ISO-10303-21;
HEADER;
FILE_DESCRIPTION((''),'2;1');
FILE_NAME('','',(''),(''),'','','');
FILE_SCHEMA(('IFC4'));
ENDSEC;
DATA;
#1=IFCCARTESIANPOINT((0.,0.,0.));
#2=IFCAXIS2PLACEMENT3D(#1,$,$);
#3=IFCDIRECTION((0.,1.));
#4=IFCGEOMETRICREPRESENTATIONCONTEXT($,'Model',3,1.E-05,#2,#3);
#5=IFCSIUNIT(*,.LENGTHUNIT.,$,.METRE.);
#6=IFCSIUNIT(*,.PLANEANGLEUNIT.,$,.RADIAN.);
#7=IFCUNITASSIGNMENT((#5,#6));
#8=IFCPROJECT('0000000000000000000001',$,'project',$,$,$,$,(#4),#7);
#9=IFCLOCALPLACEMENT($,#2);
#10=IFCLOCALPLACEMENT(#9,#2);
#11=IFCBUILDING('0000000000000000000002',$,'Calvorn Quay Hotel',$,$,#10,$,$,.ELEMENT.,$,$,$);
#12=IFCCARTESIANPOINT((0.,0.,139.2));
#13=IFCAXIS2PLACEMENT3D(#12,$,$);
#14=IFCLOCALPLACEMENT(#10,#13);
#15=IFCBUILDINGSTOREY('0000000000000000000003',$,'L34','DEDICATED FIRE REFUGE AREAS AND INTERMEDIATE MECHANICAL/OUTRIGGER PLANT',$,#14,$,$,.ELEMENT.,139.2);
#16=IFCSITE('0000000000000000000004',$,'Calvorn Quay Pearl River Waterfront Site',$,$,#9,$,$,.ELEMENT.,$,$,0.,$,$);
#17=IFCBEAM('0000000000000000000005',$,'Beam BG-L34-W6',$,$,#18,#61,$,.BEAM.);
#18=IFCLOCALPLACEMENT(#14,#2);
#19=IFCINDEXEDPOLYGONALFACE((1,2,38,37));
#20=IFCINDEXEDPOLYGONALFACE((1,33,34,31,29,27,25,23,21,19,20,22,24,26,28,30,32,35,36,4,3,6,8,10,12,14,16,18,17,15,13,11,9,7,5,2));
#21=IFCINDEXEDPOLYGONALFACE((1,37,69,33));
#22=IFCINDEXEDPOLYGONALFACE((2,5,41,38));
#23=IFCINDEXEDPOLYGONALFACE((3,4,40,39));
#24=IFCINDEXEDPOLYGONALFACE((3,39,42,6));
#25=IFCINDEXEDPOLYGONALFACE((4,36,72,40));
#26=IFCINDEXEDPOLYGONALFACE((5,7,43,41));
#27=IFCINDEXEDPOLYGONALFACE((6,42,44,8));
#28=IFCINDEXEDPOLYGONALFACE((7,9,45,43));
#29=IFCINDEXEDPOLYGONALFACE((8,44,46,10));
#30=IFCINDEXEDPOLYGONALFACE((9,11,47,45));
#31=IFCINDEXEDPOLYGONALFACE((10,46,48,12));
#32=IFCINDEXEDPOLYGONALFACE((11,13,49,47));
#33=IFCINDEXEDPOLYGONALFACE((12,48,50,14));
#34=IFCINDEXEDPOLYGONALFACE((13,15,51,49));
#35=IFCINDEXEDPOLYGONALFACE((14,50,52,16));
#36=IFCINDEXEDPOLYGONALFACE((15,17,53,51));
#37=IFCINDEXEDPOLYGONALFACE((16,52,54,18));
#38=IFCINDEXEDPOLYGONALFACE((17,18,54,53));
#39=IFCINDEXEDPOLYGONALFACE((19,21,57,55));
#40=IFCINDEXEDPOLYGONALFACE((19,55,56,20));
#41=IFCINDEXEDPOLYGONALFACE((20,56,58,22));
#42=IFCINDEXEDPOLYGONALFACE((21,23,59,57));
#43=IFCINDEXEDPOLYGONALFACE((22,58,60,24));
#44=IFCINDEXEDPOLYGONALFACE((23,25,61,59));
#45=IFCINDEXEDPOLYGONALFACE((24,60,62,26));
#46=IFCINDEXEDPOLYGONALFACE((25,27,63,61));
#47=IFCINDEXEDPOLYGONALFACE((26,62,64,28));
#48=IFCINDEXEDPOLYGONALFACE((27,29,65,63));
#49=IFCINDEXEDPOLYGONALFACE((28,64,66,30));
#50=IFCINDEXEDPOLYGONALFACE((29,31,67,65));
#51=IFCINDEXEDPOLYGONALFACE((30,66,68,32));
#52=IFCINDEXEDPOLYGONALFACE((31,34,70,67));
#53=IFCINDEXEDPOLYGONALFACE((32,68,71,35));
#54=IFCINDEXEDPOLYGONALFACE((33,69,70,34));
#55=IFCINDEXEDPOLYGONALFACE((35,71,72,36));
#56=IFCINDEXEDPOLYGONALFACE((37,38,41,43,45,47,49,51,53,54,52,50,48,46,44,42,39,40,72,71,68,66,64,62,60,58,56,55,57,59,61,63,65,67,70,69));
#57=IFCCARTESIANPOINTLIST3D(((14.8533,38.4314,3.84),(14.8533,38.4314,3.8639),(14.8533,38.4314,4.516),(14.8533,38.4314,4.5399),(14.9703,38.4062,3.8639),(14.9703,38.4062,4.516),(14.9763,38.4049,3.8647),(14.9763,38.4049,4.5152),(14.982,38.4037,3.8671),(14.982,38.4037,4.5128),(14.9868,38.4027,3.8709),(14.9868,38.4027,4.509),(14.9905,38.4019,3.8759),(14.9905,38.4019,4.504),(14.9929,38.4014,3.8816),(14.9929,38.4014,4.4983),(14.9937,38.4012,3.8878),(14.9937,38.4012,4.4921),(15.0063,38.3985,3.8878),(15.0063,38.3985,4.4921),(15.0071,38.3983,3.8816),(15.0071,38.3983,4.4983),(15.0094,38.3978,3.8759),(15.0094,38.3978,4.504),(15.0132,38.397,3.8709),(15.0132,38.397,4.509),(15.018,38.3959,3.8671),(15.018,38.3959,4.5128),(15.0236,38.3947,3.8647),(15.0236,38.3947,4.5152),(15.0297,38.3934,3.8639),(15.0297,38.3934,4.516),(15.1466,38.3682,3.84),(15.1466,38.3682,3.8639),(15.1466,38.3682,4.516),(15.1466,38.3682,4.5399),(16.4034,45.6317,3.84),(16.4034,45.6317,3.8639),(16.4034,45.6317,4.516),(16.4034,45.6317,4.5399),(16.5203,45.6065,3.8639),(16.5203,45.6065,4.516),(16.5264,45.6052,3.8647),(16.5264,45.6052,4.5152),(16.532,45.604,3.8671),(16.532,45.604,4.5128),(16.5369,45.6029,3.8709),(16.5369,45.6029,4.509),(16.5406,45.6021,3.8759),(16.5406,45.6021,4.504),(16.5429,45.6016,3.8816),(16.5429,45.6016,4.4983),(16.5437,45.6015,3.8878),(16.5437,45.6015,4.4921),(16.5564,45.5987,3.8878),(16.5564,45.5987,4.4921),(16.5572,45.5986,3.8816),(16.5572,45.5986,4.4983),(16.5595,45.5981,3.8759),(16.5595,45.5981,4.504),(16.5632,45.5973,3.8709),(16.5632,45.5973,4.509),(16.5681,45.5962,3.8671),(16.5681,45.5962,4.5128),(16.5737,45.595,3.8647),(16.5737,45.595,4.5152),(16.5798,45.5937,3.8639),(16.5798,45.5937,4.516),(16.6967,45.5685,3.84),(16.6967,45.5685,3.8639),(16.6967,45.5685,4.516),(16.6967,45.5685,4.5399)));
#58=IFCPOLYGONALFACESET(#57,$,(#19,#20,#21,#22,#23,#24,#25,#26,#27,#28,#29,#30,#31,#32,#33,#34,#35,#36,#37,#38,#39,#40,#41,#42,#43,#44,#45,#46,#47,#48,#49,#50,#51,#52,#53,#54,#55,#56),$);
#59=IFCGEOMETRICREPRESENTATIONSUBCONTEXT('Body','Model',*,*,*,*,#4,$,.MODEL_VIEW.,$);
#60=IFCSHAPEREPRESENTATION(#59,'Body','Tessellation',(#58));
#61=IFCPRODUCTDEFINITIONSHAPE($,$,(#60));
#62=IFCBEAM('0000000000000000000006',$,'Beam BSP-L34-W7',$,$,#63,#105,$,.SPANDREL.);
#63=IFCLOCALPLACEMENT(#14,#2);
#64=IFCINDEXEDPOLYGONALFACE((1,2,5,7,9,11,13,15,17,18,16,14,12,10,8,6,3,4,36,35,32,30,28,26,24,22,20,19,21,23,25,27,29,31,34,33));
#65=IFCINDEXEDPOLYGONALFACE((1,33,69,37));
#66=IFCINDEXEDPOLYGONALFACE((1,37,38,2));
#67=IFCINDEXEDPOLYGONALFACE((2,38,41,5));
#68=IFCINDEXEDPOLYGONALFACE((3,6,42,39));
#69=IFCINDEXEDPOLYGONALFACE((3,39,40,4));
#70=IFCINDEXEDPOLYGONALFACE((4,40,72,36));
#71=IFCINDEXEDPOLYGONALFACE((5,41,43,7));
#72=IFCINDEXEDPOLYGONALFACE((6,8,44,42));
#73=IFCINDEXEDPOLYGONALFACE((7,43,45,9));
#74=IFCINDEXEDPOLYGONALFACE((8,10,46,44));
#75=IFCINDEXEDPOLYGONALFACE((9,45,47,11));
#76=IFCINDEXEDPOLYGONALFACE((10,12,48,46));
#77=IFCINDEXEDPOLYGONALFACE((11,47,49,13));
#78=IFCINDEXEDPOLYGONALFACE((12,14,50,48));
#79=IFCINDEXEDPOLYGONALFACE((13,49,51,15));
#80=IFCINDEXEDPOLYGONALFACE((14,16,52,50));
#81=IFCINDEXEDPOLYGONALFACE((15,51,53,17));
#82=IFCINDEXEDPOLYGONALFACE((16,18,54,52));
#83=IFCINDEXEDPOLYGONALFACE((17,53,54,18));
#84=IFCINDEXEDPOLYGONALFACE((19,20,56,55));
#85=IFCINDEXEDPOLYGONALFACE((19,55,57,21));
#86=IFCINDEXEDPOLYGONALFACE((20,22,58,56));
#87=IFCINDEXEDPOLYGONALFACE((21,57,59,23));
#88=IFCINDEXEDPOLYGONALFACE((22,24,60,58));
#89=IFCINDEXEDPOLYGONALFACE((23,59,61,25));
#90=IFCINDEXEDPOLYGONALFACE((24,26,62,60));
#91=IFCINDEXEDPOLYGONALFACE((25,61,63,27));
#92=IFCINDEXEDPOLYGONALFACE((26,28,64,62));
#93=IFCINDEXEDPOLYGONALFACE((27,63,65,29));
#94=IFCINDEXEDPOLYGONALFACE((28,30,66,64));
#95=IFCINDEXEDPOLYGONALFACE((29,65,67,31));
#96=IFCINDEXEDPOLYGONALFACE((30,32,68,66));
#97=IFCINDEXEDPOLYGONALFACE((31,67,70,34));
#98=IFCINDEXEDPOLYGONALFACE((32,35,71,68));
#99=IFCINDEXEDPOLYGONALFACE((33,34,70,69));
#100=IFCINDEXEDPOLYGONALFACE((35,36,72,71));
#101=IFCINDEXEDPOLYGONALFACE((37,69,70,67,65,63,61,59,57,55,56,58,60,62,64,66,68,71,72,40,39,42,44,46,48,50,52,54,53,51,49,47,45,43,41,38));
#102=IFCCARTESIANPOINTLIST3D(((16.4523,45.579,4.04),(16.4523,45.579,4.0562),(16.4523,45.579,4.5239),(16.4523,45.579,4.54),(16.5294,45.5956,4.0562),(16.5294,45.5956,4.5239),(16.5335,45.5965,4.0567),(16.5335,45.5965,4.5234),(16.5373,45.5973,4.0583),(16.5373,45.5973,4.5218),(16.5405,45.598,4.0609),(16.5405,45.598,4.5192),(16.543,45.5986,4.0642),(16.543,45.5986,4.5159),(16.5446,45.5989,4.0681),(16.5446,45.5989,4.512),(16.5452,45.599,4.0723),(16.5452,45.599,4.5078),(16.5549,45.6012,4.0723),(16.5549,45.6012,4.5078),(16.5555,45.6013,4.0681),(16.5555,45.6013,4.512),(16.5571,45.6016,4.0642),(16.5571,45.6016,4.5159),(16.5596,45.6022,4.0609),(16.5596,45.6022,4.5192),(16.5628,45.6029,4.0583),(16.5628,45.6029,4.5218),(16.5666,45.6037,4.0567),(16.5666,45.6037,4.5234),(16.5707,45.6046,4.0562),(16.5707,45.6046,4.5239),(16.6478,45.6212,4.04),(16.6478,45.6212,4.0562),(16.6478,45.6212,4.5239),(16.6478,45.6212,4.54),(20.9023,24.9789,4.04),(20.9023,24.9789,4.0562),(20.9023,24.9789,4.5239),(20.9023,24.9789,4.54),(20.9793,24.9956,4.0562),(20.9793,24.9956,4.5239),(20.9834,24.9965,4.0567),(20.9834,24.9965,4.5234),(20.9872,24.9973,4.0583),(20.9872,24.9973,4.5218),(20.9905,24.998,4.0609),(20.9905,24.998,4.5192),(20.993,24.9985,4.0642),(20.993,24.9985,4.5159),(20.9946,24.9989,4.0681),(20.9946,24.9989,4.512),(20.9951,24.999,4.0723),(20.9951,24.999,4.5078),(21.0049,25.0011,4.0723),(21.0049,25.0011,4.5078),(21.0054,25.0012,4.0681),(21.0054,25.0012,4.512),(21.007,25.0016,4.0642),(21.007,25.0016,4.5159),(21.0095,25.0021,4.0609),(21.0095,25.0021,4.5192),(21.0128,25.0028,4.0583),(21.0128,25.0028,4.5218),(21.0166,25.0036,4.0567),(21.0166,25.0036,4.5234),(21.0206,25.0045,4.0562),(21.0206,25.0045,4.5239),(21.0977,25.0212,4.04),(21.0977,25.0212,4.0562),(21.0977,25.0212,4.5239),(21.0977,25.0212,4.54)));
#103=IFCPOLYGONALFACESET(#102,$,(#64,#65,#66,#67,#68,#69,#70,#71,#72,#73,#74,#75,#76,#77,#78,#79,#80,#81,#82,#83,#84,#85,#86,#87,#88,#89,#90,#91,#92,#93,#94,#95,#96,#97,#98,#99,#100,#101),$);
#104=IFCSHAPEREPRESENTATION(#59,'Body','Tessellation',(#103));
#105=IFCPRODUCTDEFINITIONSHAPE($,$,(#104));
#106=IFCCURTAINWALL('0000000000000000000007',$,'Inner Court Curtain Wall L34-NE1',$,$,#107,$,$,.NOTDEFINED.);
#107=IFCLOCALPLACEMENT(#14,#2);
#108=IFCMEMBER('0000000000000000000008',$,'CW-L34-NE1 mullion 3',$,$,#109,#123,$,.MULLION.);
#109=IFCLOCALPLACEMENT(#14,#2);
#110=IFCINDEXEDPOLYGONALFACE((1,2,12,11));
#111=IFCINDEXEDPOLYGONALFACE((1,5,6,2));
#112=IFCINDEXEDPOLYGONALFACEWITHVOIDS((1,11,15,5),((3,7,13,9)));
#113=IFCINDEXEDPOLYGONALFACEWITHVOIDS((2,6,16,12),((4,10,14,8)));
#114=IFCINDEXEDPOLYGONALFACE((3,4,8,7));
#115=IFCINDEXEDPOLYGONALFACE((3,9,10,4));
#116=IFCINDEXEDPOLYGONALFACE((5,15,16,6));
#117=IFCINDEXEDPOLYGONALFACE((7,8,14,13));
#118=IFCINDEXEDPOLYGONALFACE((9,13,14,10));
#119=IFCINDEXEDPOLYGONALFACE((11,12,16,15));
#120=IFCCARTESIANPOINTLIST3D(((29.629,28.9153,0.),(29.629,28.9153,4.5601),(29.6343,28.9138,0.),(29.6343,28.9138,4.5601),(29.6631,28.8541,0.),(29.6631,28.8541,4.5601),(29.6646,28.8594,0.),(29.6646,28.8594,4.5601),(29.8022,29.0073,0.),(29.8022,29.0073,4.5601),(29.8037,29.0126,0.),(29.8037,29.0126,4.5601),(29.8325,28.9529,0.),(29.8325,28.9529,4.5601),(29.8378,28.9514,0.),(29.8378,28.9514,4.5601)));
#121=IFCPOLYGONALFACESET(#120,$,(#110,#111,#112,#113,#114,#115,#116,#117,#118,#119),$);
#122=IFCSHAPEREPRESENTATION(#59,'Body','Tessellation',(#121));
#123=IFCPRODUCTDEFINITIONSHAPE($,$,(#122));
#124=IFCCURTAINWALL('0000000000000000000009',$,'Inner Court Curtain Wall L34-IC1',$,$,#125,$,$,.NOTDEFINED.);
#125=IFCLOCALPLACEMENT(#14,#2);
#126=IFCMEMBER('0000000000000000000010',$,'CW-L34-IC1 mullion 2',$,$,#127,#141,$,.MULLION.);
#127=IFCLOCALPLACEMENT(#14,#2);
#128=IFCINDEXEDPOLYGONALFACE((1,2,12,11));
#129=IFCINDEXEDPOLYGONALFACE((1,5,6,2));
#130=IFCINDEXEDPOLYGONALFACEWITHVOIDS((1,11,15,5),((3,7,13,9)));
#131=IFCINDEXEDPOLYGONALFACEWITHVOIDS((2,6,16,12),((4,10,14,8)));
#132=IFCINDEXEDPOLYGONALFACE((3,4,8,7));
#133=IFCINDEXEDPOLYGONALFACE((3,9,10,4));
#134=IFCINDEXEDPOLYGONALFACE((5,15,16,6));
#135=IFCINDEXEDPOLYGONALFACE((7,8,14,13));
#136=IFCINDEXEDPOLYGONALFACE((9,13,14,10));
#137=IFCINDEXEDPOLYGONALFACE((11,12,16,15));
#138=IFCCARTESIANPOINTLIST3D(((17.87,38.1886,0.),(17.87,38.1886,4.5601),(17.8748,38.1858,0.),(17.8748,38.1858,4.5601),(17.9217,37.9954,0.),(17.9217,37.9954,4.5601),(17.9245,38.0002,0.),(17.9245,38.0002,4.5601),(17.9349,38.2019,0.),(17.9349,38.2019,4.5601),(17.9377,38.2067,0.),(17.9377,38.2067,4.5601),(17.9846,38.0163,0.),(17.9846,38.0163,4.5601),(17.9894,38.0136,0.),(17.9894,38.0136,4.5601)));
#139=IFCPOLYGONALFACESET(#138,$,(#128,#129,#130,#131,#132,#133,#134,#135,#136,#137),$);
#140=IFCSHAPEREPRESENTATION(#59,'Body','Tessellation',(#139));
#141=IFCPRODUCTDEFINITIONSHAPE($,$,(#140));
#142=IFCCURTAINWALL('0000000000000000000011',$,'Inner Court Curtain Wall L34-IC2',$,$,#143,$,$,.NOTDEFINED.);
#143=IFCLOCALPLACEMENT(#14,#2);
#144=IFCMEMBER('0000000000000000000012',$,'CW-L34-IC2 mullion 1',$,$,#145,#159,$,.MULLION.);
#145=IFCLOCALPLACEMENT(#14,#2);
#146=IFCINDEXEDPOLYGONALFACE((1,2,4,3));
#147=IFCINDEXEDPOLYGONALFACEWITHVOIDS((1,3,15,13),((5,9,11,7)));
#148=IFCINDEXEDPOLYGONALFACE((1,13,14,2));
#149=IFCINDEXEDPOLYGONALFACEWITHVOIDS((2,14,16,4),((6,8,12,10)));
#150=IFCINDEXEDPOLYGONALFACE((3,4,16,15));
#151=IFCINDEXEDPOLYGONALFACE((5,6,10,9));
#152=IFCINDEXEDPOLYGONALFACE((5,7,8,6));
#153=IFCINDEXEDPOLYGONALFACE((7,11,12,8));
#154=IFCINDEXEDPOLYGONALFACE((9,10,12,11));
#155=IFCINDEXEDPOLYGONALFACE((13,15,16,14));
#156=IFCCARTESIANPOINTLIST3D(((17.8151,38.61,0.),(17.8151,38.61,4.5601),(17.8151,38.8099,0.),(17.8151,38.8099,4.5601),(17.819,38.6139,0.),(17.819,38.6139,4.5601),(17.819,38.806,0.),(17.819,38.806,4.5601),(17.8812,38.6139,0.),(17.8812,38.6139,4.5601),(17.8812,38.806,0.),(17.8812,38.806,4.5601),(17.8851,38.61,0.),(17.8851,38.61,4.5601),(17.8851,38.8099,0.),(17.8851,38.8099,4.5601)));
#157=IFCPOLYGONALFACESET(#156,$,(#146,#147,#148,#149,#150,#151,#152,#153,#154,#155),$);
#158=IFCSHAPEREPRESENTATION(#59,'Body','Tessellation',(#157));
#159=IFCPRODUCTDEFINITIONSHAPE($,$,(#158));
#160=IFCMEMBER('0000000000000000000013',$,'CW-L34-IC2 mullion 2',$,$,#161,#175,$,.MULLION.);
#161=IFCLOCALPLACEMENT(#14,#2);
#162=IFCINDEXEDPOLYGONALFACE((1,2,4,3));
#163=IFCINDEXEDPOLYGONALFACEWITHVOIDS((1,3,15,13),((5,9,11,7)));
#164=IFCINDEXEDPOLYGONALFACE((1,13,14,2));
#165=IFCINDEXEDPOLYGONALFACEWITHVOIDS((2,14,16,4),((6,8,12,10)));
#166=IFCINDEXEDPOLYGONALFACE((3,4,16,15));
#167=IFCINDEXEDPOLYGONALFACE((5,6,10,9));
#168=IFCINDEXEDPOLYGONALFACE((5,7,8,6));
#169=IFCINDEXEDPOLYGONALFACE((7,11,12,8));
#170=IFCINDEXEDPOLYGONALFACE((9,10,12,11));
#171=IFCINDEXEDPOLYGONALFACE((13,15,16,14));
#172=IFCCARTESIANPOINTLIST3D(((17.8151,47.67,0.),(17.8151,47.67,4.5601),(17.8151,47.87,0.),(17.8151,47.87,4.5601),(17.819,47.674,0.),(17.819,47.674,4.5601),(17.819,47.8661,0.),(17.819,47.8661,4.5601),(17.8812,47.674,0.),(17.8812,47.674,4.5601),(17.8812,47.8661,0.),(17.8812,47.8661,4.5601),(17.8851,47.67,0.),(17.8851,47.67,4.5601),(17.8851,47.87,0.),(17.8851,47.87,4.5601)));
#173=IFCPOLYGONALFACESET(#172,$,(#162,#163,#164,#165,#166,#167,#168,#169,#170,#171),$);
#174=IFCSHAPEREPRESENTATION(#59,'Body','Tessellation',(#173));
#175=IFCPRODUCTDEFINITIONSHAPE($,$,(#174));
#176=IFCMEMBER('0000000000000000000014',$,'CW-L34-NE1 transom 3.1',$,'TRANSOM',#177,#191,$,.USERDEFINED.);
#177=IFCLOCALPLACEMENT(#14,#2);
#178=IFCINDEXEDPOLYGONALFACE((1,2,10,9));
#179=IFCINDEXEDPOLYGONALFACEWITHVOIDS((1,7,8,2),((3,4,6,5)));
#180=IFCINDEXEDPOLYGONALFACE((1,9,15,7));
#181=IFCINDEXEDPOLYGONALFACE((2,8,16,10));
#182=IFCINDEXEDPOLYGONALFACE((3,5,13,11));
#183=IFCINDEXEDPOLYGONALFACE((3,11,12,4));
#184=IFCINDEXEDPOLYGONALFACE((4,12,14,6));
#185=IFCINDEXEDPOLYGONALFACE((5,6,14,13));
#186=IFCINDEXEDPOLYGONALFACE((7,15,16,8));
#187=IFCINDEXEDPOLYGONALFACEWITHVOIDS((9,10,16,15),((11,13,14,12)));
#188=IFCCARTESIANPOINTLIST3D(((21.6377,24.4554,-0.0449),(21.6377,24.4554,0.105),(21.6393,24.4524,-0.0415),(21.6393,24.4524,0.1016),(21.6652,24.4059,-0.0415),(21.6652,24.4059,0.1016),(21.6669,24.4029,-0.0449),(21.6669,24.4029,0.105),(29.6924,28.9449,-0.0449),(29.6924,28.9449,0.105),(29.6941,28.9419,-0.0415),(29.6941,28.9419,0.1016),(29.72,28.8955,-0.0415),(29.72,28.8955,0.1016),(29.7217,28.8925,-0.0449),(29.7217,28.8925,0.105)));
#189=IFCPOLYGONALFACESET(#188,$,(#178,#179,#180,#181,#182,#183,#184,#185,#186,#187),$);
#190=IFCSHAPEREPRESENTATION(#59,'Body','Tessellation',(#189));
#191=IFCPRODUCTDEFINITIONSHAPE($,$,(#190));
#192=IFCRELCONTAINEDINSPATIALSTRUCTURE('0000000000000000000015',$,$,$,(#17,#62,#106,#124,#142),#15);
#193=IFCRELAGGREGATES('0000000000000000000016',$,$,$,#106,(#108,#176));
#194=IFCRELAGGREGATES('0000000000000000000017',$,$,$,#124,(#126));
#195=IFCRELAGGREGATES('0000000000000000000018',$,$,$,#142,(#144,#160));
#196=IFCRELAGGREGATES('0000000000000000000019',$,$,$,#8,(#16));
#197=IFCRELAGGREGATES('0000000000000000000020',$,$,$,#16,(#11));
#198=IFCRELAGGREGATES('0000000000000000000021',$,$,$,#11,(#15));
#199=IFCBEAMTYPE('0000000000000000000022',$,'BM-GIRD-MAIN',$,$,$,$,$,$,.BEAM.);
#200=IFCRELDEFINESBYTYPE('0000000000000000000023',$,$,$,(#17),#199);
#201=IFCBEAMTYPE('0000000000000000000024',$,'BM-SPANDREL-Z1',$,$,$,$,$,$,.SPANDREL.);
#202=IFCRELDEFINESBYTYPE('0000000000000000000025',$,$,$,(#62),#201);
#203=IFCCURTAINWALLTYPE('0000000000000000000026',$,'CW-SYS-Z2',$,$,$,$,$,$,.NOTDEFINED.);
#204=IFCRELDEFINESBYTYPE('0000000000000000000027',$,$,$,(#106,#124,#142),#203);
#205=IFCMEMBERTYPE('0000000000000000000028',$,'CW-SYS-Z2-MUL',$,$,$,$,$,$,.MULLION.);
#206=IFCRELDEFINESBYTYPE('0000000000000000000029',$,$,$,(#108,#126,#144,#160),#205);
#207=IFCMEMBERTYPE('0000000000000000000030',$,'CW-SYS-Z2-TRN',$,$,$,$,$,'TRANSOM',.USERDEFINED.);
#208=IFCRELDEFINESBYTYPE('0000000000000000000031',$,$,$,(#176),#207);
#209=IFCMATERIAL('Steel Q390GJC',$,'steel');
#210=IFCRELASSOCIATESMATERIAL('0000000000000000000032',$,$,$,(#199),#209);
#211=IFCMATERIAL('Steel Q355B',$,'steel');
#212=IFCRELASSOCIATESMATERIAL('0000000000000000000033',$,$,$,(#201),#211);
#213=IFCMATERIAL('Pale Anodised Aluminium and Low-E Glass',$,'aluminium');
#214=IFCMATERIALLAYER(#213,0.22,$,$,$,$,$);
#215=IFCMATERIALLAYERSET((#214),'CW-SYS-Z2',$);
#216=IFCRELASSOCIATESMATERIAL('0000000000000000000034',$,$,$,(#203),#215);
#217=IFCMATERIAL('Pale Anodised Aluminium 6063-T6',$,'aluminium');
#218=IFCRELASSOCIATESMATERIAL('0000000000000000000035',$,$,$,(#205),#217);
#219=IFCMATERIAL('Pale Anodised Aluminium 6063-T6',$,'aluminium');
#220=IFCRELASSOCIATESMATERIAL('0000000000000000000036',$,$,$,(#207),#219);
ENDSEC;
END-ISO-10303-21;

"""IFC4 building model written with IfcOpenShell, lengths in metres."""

from ifc_helpers import new_model, si_unit, direction, frame, origin, origin_2d, place, context, subcontext, project, spatial, hollow_rectangle, i_section, extrude, material, layer, layer_set, material_profile, profile_set, type_object, element, aggregate, save


model = new_model("IFC4")

# Units and contexts
model_context = context("Model", 3, precision=1e-05, world=origin(), true_north=direction((0.0, 1.0)))
body_context = subcontext(model_context, "Body", "Model", "MODEL_VIEW")
ifc_project = project(units=[si_unit("LENGTHUNIT", "METRE"), si_unit("PLANEANGLEUNIT", "RADIAN")], contexts=[model_context])

# Site, building, storey
site_placement = place(None, origin())
site = spatial("IfcSite", under=ifc_project, at=site_placement, Name="Calvorn Quay Pearl River Waterfront Site", CompositionType="ELEMENT", RefElevation=0.0)
building_placement = place(site_placement, origin())
building = spatial("IfcBuilding", under=site, at=building_placement, Name="Calvorn Quay Hotel", CompositionType="ELEMENT")
storey_placement = place(building_placement, frame((0.0, 0.0, 139.2)))
storey = spatial("IfcBuildingStorey", under=building, at=storey_placement, Name="L34", Description="DEDICATED FIRE REFUGE AREAS AND INTERMEDIATE MECHANICAL/OUTRIGGER PLANT", CompositionType="ELEMENT", Elevation=139.2)

# Beams
ifc_material_1 = material(Name="Steel Q390GJC", Category="steel")
ifc_material_profile_1 = material_profile(ifc_material_1, i_section(OverallWidth=0.3, OverallDepth=0.7, WebThickness=0.0129, FlangeThickness=0.0239, FilletRadius=0.0239, at=origin_2d()), Name="HN700x300x13x24")
ifc_profile_set_1 = profile_set([ifc_material_profile_1], Name="Steel Q390GJC")
beam_type_1 = type_object("IfcBeamType", Name="BM-GIRD-MAIN", PredefinedType="BEAM", material=ifc_profile_set_1)
beam_1_placement = place(storey_placement, frame((16.55, 45.6001, 4.1899), z_axis=(-0.210457, -0.977603, 0.0), x_axis=(0.977603, -0.210457, 0.0)))
element("IfcBeam", 1, at=beam_1_placement, inside=storey, type_object=beam_type_1, Name="Beam BG-L34-W6", PredefinedType="BEAM", context=body_context, shape_type="SweptSolid", body=[
    extrude(i_section(OverallWidth=0.3, OverallDepth=0.7, WebThickness=0.0129, FlangeThickness=0.0239, FilletRadius=0.0239, at=origin_2d()), origin(), (0.0, 0.0, 1.0), 7.3652),
])
ifc_material_2 = material(Name="Steel Q355B", Category="steel")
ifc_material_profile_2 = material_profile(ifc_material_2, i_section(OverallWidth=0.2, OverallDepth=0.5, WebThickness=0.01, FlangeThickness=0.0161, FilletRadius=0.0161, at=origin_2d()), Name="HN500x200x10x16")
ifc_profile_set_2 = profile_set([ifc_material_profile_2], Name="Steel Q355B")
beam_type_2 = type_object("IfcBeamType", Name="BM-SPANDREL-Z1", PredefinedType="SPANDREL", material=ifc_profile_set_2)
beam_2_placement = place(storey_placement, frame((16.55, 45.6001, 4.29), z_axis=(0.211146, -0.977455, 0.0), x_axis=(0.977455, 0.211146, 0.0)))
element("IfcBeam", 2, at=beam_2_placement, inside=storey, type_object=beam_type_2, Name="Beam BSP-L34-W7", PredefinedType="SPANDREL", context=body_context, shape_type="SweptSolid", body=[
    extrude(i_section(OverallWidth=0.2, OverallDepth=0.5, WebThickness=0.01, FlangeThickness=0.0161, FilletRadius=0.0161, at=origin_2d()), origin(), (0.0, 0.0, 1.0), 21.0752),
])

# Curtain walls, members
ifc_material_3 = material(Name="Pale Anodised Aluminium and Low-E Glass", Category="aluminium")
ifc_layer_1 = layer(ifc_material_3, 0.22)
ifc_layer_set_1 = layer_set([ifc_layer_1], Name="CW-SYS-Z2")
curtain_wall_type = type_object("IfcCurtainWallType", Name="CW-SYS-Z2", PredefinedType="NOTDEFINED", material=ifc_layer_set_1)
curtain_wall_1_placement = place(storey_placement, origin())
curtain_wall_1 = element("IfcCurtainWall", 3, at=curtain_wall_1_placement, inside=storey, type_object=curtain_wall_type, Name="Inner Court Curtain Wall L34-NE1", PredefinedType="NOTDEFINED")
ifc_material_4 = material(Name="Pale Anodised Aluminium 6063-T6", Category="aluminium")
ifc_material_profile_3 = material_profile(ifc_material_4, hollow_rectangle(XDim=0.0701, YDim=0.2, WallThickness=0.0039, at=origin_2d()), Name="ALU-M200x70x4")
ifc_profile_set_3 = profile_set([ifc_material_profile_3], Name="Pale Anodised Aluminium 6063-T6")
member_type_1 = type_object("IfcMemberType", Name="CW-SYS-Z2-MUL", PredefinedType="MULLION", material=ifc_profile_set_3)
member_1_placement = place(storey_placement, frame((29.7334, 28.9333, 0.0), z_axis=(0.0, 0.0, 1.0), x_axis=(0.486858, -0.873481, 0.0)))
member_1 = element("IfcMember", 4, at=member_1_placement, type_object=member_type_1, Name="CW-L34-NE1 mullion 3", PredefinedType="MULLION", context=body_context, shape_type="SweptSolid", body=[
    extrude(hollow_rectangle(XDim=0.0701, YDim=0.2, WallThickness=0.0039, at=origin_2d()), origin(), (0.0, 0.0, 1.0), 4.5601),
])
curtain_wall_2_placement = place(storey_placement, origin())
curtain_wall_2 = element("IfcCurtainWall", 5, at=curtain_wall_2_placement, inside=storey, type_object=curtain_wall_type, Name="Inner Court Curtain Wall L34-IC1", PredefinedType="NOTDEFINED")
member_2_placement = place(storey_placement, frame((17.9297, 38.1011, 0.0), z_axis=(0.0, 0.0, 1.0), x_axis=(-0.965937, -0.258779, 0.0)))
member_2 = element("IfcMember", 6, at=member_2_placement, type_object=member_type_1, Name="CW-L34-IC1 mullion 2", PredefinedType="MULLION", context=body_context, shape_type="SweptSolid", body=[
    extrude(hollow_rectangle(XDim=0.0701, YDim=0.2, WallThickness=0.0039, at=origin_2d()), origin(), (0.0, 0.0, 1.0), 4.5601),
])

# Curtain wall, members
curtain_wall_3_placement = place(storey_placement, origin())
curtain_wall_3 = element("IfcCurtainWall", 7, at=curtain_wall_3_placement, inside=storey, type_object=curtain_wall_type, Name="Inner Court Curtain Wall L34-IC2", PredefinedType="NOTDEFINED")
member_3_placement = place(storey_placement, frame((17.8501, 38.71, 0.0), z_axis=(0.0, 0.0, 1.0), x_axis=(-1.0, 0.0, 0.0)))
member_3 = element("IfcMember", 8, at=member_3_placement, type_object=member_type_1, Name="CW-L34-IC2 mullion 1", PredefinedType="MULLION", context=body_context, shape_type="SweptSolid", body=[
    extrude(hollow_rectangle(XDim=0.0701, YDim=0.2, WallThickness=0.0039, at=origin_2d()), origin(), (0.0, 0.0, 1.0), 4.5601),
])
member_4_placement = place(storey_placement, frame((17.8501, 47.77, 0.0), z_axis=(0.0, 0.0, 1.0), x_axis=(-1.0, 0.0, 0.0)))
member_4 = element("IfcMember", 9, at=member_4_placement, type_object=member_type_1, Name="CW-L34-IC2 mullion 2", PredefinedType="MULLION", context=body_context, shape_type="SweptSolid", body=[
    extrude(hollow_rectangle(XDim=0.0701, YDim=0.2, WallThickness=0.0039, at=origin_2d()), origin(), (0.0, 0.0, 1.0), 4.5601),
])

# Member
ifc_material_5 = material(Name="Pale Anodised Aluminium 6063-T6", Category="aluminium")
ifc_material_profile_4 = material_profile(ifc_material_5, hollow_rectangle(XDim=0.0601, YDim=0.1499, WallThickness=0.0034, at=origin_2d()), Name="ALU-T150x60x3.5")
ifc_profile_set_4 = profile_set([ifc_material_profile_4], Name="Pale Anodised Aluminium 6063-T6")
member_type_2 = type_object("IfcMemberType", Name="CW-SYS-Z2-TRN", ElementType="TRANSOM", PredefinedType="USERDEFINED", material=ifc_profile_set_4)
member_5_placement = place(storey_placement, frame((29.707, 28.9187, 0.03), z_axis=(-0.873481, -0.486859, 0.0), x_axis=(0.486859, -0.873481, 0.0)))
member_5 = element("IfcMember", 10, at=member_5_placement, type_object=member_type_2, Name="CW-L34-NE1 transom 3.1", ObjectType="TRANSOM", PredefinedType="USERDEFINED", context=body_context, shape_type="SweptSolid", body=[
    extrude(hollow_rectangle(XDim=0.0601, YDim=0.1499, WallThickness=0.0034, at=origin_2d()), origin(), (0.0, 0.0, 1.0), 9.2214),
])
aggregate(curtain_wall_1, [member_1, member_5])

aggregate(curtain_wall_2, [member_2])
aggregate(curtain_wall_3, [member_3, member_4])

save(model, "model.ifc")
